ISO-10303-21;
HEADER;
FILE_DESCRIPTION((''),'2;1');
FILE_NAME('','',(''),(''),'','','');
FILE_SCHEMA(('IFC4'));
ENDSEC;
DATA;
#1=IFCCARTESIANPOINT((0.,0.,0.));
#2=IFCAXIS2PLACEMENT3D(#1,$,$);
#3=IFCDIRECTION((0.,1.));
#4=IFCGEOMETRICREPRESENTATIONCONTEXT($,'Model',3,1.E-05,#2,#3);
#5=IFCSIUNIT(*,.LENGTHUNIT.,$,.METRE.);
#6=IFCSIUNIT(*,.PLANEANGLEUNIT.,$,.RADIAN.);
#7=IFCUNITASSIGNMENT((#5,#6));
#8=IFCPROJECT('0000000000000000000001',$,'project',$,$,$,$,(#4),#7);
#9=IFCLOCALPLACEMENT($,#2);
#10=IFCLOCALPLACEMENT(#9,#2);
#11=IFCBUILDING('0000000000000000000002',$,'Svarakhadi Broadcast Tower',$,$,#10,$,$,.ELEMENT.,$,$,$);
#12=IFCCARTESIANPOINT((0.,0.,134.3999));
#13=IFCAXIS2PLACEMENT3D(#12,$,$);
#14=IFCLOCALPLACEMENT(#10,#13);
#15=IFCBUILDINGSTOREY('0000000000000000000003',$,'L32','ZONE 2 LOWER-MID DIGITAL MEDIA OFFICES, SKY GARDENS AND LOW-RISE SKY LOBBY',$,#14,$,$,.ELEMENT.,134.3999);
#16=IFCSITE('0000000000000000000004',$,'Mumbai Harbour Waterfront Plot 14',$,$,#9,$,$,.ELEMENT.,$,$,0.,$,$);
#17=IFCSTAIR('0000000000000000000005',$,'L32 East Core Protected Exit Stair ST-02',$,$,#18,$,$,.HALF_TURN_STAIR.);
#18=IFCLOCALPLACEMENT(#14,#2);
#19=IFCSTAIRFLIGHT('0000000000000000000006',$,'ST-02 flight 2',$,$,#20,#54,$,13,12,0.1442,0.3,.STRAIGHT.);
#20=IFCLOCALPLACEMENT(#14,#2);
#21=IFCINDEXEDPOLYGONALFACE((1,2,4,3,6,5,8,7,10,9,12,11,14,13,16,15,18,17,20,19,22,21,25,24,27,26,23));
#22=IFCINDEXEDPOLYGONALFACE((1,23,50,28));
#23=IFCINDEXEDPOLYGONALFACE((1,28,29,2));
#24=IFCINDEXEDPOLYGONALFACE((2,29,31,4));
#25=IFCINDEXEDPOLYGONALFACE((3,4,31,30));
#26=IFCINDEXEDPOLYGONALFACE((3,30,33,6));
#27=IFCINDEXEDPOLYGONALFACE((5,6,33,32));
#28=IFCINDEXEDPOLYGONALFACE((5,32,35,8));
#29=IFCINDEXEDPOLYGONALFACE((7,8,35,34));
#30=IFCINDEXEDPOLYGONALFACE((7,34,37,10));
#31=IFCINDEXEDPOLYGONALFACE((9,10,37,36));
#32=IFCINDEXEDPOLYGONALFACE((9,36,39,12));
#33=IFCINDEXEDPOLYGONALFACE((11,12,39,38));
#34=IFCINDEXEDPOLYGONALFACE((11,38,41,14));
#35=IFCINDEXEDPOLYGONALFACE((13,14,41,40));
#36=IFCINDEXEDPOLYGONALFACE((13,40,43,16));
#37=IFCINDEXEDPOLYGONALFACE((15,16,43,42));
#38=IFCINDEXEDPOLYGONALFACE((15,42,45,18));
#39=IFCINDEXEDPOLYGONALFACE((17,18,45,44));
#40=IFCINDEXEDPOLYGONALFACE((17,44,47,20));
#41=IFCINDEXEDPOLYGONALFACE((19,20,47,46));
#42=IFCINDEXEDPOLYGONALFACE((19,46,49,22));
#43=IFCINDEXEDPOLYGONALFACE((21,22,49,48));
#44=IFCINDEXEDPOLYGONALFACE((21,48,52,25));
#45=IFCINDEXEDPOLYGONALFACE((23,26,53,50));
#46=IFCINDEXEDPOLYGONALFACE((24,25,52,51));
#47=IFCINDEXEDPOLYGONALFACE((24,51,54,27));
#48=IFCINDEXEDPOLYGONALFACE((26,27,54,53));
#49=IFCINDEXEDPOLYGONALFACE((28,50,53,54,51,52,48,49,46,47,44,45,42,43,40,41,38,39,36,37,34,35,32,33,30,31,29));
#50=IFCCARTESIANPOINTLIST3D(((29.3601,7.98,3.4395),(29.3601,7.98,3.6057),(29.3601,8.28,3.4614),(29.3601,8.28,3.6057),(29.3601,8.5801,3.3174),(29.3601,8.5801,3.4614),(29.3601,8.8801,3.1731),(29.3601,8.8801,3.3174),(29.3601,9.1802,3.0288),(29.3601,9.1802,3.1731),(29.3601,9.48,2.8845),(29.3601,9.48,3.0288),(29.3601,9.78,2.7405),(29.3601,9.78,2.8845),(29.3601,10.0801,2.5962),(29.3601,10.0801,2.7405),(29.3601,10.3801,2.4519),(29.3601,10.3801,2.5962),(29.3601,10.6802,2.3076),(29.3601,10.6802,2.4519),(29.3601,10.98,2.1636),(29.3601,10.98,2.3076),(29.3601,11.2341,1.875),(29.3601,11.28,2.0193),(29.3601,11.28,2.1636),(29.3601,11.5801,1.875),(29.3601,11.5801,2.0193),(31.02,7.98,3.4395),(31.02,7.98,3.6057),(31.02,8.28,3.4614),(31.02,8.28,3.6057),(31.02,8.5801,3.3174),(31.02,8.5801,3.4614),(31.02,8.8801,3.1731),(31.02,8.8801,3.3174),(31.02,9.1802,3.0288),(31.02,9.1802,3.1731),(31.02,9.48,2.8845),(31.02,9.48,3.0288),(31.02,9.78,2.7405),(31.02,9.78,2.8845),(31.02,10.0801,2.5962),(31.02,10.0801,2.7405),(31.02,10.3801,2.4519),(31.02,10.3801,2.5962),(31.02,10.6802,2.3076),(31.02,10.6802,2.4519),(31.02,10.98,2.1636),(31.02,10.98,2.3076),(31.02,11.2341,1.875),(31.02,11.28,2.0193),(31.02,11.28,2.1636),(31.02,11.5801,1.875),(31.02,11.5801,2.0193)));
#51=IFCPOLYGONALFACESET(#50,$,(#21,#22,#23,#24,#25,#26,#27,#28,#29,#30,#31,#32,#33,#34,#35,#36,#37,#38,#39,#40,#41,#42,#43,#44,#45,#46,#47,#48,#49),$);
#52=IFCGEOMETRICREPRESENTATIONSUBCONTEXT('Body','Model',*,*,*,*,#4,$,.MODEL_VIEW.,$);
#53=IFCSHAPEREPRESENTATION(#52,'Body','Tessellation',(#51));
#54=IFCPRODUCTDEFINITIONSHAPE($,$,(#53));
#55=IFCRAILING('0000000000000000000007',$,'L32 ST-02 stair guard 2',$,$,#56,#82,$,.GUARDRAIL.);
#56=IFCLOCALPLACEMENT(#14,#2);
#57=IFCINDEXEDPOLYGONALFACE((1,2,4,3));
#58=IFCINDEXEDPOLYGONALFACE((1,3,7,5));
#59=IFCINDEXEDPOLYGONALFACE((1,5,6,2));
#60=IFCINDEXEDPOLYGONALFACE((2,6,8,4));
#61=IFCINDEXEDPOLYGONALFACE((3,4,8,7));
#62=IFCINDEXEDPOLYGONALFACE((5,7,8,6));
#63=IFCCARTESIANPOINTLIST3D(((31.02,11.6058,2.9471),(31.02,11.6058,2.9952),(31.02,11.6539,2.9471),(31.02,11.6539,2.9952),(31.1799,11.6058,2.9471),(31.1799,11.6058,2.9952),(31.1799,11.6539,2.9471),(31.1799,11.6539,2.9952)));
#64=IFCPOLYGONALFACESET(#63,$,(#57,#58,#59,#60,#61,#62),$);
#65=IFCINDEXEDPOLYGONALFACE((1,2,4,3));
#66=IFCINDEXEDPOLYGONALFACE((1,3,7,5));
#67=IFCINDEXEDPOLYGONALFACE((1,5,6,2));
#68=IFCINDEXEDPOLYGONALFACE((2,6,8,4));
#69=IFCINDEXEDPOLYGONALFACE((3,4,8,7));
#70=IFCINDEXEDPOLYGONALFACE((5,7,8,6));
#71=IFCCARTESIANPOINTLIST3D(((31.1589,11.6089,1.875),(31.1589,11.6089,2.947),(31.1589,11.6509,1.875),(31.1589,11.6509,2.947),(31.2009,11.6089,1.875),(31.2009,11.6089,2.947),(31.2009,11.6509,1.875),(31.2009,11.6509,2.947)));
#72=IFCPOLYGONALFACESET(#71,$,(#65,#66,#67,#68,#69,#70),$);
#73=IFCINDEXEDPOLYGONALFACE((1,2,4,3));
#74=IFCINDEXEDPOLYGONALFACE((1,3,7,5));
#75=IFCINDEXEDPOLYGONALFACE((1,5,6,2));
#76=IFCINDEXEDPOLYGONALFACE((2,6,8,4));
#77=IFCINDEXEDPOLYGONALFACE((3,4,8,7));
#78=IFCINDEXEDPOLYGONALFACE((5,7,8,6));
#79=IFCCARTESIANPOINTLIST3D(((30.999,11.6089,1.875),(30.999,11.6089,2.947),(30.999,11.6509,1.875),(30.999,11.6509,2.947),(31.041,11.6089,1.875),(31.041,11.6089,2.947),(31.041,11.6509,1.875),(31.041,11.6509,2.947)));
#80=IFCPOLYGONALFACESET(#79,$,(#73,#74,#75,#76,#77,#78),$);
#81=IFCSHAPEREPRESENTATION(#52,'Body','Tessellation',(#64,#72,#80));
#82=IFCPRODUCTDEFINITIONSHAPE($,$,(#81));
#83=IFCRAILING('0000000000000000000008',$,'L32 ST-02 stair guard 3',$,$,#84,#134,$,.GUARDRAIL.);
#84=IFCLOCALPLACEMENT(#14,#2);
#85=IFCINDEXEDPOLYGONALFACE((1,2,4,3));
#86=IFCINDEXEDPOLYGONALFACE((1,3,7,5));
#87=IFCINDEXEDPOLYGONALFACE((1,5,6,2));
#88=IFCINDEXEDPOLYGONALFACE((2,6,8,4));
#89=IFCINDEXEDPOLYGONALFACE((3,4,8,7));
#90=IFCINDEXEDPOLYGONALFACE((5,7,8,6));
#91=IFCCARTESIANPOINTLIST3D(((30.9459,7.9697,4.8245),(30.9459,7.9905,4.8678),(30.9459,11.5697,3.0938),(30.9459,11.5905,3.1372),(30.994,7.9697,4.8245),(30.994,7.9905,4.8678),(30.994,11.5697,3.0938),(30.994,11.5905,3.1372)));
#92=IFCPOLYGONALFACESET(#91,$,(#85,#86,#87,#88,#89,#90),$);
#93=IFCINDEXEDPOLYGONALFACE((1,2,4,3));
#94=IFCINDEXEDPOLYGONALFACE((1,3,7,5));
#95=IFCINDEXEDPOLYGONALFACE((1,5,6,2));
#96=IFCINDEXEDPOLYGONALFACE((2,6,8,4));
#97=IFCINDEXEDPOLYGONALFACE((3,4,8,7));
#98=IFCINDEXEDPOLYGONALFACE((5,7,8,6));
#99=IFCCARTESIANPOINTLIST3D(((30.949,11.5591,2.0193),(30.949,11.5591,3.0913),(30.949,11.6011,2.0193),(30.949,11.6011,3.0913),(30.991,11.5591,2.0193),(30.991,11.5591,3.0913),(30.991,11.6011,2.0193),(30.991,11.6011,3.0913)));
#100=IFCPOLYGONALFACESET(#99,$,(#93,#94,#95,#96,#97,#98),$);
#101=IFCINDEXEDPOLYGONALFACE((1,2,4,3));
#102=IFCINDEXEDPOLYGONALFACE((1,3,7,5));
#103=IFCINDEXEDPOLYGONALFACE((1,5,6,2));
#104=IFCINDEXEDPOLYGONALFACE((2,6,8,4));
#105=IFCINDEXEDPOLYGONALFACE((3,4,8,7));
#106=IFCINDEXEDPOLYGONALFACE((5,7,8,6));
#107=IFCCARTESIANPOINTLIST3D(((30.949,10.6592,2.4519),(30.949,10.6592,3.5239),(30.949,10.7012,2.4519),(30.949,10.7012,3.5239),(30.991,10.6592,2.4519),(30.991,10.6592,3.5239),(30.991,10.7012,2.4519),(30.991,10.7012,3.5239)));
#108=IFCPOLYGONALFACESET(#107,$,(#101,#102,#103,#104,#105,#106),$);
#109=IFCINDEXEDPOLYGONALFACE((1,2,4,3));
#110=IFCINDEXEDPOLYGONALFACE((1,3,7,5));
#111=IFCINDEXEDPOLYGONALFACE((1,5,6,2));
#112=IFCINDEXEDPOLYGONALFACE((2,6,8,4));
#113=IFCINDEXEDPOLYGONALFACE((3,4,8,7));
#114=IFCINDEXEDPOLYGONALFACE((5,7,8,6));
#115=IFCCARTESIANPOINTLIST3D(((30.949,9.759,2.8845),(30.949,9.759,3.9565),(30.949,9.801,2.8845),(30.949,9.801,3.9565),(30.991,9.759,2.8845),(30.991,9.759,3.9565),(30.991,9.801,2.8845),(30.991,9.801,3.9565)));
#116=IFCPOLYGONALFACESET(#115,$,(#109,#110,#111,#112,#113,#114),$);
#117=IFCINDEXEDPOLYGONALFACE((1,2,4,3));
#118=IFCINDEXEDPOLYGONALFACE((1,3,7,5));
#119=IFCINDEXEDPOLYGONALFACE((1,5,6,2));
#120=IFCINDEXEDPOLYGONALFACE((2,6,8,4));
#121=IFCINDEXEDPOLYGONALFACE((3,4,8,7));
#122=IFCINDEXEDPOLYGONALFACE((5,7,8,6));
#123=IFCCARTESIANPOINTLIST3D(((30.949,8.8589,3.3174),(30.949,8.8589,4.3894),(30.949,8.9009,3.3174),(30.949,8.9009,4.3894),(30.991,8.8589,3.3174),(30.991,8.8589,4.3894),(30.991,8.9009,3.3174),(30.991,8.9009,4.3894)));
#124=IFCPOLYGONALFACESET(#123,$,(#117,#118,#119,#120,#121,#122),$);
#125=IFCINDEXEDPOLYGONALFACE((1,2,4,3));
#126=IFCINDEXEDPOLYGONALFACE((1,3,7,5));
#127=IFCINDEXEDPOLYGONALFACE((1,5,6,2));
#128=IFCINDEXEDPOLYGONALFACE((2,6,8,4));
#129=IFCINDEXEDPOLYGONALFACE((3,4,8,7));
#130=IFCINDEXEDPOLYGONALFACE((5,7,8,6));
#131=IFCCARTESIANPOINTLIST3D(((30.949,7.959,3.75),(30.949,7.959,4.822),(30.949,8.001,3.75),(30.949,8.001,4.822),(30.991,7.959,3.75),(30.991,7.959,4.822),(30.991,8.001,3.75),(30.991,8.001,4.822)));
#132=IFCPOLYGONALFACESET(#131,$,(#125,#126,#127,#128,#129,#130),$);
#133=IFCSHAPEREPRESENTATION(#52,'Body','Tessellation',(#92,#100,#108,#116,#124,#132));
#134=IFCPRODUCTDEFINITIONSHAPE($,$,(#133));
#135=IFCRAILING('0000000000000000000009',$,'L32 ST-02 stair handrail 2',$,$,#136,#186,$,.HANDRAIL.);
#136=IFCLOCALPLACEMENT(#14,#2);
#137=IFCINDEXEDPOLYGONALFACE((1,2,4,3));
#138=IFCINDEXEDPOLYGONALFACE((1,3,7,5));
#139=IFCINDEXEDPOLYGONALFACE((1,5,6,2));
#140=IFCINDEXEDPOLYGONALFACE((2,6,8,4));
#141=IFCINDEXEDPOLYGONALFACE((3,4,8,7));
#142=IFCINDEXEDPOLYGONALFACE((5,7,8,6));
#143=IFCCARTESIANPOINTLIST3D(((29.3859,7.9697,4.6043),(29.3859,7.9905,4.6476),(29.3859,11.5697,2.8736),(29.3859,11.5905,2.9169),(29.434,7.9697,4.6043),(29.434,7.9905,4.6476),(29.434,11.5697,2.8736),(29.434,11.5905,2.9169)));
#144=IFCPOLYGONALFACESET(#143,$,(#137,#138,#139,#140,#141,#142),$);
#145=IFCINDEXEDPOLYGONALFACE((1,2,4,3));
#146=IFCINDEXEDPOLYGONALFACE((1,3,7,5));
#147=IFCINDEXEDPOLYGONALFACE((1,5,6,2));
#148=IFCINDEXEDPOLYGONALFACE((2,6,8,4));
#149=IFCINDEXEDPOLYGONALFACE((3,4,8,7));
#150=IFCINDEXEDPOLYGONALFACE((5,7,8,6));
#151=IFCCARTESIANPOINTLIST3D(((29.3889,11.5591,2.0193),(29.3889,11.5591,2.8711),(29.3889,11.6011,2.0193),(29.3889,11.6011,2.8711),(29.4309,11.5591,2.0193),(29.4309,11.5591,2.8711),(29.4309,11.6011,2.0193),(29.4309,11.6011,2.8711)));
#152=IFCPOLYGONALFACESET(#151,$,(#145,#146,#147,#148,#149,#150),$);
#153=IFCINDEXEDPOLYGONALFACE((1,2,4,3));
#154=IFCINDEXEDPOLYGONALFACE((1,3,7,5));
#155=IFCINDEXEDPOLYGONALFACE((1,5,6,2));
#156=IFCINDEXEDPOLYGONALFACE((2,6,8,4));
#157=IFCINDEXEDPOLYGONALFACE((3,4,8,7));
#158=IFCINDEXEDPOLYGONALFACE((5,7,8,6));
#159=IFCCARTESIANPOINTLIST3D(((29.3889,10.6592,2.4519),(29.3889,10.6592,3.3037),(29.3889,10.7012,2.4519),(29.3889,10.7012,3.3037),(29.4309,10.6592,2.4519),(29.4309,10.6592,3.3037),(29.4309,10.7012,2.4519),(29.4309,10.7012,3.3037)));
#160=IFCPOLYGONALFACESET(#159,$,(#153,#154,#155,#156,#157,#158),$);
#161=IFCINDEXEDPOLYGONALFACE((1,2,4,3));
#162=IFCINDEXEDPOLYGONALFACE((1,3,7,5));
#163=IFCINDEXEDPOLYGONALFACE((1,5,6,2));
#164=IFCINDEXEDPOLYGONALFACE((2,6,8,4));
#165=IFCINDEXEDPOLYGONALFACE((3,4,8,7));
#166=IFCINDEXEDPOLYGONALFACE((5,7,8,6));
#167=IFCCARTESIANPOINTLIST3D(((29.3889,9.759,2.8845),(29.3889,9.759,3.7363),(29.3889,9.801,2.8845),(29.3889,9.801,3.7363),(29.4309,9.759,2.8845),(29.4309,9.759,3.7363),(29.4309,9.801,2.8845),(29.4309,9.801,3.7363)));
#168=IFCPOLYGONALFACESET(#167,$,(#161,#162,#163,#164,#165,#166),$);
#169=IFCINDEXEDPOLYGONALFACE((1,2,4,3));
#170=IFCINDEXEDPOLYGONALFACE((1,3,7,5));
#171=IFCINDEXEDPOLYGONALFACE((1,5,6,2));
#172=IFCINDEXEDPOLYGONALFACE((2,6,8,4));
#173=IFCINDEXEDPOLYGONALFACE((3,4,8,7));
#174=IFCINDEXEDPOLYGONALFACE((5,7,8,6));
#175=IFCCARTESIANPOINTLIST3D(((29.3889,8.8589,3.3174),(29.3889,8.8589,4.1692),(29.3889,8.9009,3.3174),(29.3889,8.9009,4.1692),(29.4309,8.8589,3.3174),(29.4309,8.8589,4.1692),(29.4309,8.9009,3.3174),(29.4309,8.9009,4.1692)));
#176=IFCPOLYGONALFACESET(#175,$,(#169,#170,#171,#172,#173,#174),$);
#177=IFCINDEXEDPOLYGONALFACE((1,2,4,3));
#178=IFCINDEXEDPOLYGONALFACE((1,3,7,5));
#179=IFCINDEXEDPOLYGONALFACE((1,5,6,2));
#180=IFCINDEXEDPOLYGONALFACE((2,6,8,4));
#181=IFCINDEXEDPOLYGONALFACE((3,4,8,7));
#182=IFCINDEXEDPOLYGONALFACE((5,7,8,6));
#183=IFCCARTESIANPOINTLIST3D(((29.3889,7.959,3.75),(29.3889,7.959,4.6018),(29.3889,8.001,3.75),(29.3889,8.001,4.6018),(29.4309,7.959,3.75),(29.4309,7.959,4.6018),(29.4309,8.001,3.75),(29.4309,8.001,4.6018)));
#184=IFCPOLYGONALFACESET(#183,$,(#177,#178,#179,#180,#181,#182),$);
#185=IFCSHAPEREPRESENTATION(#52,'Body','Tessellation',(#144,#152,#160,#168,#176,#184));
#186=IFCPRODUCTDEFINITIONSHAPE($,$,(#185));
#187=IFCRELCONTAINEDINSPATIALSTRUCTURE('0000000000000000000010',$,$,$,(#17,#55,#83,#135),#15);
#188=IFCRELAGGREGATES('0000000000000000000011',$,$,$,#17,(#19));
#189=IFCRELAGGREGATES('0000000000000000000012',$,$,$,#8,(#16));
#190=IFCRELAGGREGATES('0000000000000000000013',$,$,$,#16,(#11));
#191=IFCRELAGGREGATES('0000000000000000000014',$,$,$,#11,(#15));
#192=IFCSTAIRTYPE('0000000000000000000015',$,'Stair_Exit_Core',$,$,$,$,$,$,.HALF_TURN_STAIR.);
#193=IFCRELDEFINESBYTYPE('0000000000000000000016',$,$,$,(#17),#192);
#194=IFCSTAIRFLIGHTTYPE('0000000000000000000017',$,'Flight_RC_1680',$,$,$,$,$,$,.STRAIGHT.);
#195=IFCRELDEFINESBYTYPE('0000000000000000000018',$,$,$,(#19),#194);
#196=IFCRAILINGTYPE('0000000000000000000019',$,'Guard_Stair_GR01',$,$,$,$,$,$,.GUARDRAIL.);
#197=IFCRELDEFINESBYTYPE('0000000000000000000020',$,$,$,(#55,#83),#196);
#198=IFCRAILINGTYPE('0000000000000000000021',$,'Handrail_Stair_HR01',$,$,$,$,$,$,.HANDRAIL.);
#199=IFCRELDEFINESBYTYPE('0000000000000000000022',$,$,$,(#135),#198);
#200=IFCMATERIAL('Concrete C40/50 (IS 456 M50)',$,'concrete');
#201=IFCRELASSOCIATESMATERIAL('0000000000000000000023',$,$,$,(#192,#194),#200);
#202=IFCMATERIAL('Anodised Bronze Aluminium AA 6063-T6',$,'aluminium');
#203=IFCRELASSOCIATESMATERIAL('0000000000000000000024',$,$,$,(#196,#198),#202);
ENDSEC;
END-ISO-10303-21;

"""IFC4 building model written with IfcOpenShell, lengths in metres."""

from ifc_helpers import new_model, si_unit, direction, frame, origin, origin_2d, place, context, subcontext, project, spatial, polyline, rectangle, outline, extrude, material, type_object, element, aggregate, save


model = new_model("IFC4")

# Units and contexts
model_context = context("Model", 3, precision=1e-05, world=origin(), true_north=direction((0.0, 1.0)))
body_context = subcontext(model_context, "Body", "Model", "MODEL_VIEW")
ifc_project = project(units=[si_unit("LENGTHUNIT", "METRE"), si_unit("PLANEANGLEUNIT", "RADIAN")], contexts=[model_context])

# Site, building, storey
site_placement = place(None, origin())
site = spatial("IfcSite", under=ifc_project, at=site_placement, Name="Mumbai Harbour Waterfront Plot 14", CompositionType="ELEMENT", RefElevation=0.0)
building_placement = place(site_placement, origin())
building = spatial("IfcBuilding", under=site, at=building_placement, Name="Svarakhadi Broadcast Tower", CompositionType="ELEMENT")
storey_placement = place(building_placement, frame((0.0, 0.0, 134.3999)))
storey = spatial("IfcBuildingStorey", under=building, at=storey_placement, Name="L32", Description="ZONE 2 LOWER-MID DIGITAL MEDIA OFFICES, SKY GARDENS AND LOW-RISE SKY LOBBY", CompositionType="ELEMENT", Elevation=134.3999)

# Stair, stair flight
ifc_material_1 = material(Name="Concrete C40/50 (IS 456 M50)", Category="concrete")
stair_type = type_object("IfcStairType", Name="Stair_Exit_Core", PredefinedType="HALF_TURN_STAIR", material=ifc_material_1)
stair_placement = place(storey_placement, origin())
stair = element("IfcStair", 1, at=stair_placement, inside=storey, type_object=stair_type, Name="L32 East Core Protected Exit Stair ST-02", PredefinedType="HALF_TURN_STAIR")
stair_flight_type = type_object("IfcStairFlightType", Name="Flight_RC_1680", PredefinedType="STRAIGHT", material=ifc_material_1)
stair_flight_placement = place(storey_placement, frame((30.1899, 11.5801, 1.875), z_axis=(0.0, 0.0, 1.0), x_axis=(0.0, -1.0, 0.0)))
stair_flight = element("IfcStairFlight", 2, at=stair_flight_placement, type_object=stair_flight_type, Name="ST-02 flight 2", NumberOfRisers=13, NumberOfTreads=12, PredefinedType="STRAIGHT", RiserHeight=0.1442, TreadLength=0.3, context=body_context, shape_type="SweptSolid", body=[
    extrude(outline(polyline([(0.0, 0.0), (0.0, 0.1443), (0.3, 0.1443), (0.3, 0.2886), (0.6001, 0.2886), (0.6001, 0.4326), (0.8999, 0.4326), (0.8999, 0.5769), (1.2, 0.5769), (1.2, 0.7212), (1.5, 0.7212), (1.5, 0.8655), (1.8, 0.8655), (1.8, 1.0095), (2.1001, 1.0095), (2.1001, 1.1538), (2.3999, 1.1538), (2.3999, 1.2981), (2.7, 1.2981), (2.7, 1.4424), (3.0, 1.4424), (3.0, 1.5864), (3.3, 1.5864), (3.3, 1.7307), (3.6001, 1.7307), (3.6001, 1.875), (3.6001, 1.5645), (0.3459, 0.0), (0.0, 0.0)])), frame((0.0, 0.8301, 0.0), z_axis=(0.0, -1.0, 0.0), x_axis=(1.0, 0.0, 0.0)), (0.0, 0.0, 1.0), 1.6599),
])
aggregate(stair, [stair_flight])

# Railings
ifc_material_2 = material(Name="Anodised Bronze Aluminium AA 6063-T6", Category="aluminium")
railing_type_1 = type_object("IfcRailingType", Name="Guard_Stair_GR01", PredefinedType="GUARDRAIL", material=ifc_material_2)
railing_1_placement = place(storey_placement, frame((31.1799, 11.6299, 1.875)))
element("IfcRailing", 3, at=railing_1_placement, inside=storey, type_object=railing_type_1, Name="L32 ST-02 stair guard 2", PredefinedType="GUARDRAIL", context=body_context, shape_type="SweptSolid", body=[
    extrude(rectangle(XDim=0.0481, YDim=0.0481, at=origin_2d()), frame((0.0, 0.0, 1.0962), z_axis=(-1.0, 0.0, 0.0), x_axis=(0.0, -1.0, 0.0)), (0.0, 0.0, 1.0), 0.1599),
    extrude(rectangle(XDim=0.042, YDim=0.042, at=origin_2d()), origin(), (0.0, 0.0, 1.0), 1.072),
    extrude(rectangle(XDim=0.042, YDim=0.042, at=origin_2d()), frame((-0.1599, 0.0, 0.0)), (0.0, 0.0, 1.0), 1.072),
])
railing_2_placement = place(storey_placement, frame((30.97, 11.5801, 2.0193)))
element("IfcRailing", 4, at=railing_2_placement, inside=storey, type_object=railing_type_1, Name="L32 ST-02 stair guard 3", PredefinedType="GUARDRAIL", context=body_context, shape_type="SweptSolid", body=[
    extrude(rectangle(XDim=0.0481, YDim=0.0481, at=origin_2d()), frame((0.0, 0.0, 1.0962), z_axis=(0.0, -0.901263, 0.433273), x_axis=(1.0, 0.0, 0.0)), (0.0, 0.0, 1.0), 3.9944),
    extrude(rectangle(XDim=0.042, YDim=0.042, at=origin_2d()), origin(), (0.0, 0.0, 1.0), 1.072),
    extrude(rectangle(XDim=0.042, YDim=0.042, at=origin_2d()), frame((0.0, -0.8999, 0.4326)), (0.0, 0.0, 1.0), 1.072),
    extrude(rectangle(XDim=0.042, YDim=0.042, at=origin_2d()), frame((0.0, -1.8, 0.8652)), (0.0, 0.0, 1.0), 1.072),
    extrude(rectangle(XDim=0.042, YDim=0.042, at=origin_2d()), frame((0.0, -2.7002, 1.2981)), (0.0, 0.0, 1.0), 1.072),
    extrude(rectangle(XDim=0.042, YDim=0.042, at=origin_2d()), frame((0.0, -3.6001, 1.7307)), (0.0, 0.0, 1.0), 1.072),
])
railing_type_2 = type_object("IfcRailingType", Name="Handrail_Stair_HR01", PredefinedType="HANDRAIL", material=ifc_material_2)
railing_3_placement = place(storey_placement, frame((29.4099, 11.5801, 2.0193)))
element("IfcRailing", 5, at=railing_3_placement, inside=storey, type_object=railing_type_2, Name="L32 ST-02 stair handrail 2", PredefinedType="HANDRAIL", context=body_context, shape_type="SweptSolid", body=[
    extrude(rectangle(XDim=0.0481, YDim=0.0481, at=origin_2d()), frame((0.0, 0.0, 0.876), z_axis=(0.0, -0.901263, 0.433273), x_axis=(1.0, 0.0, 0.0)), (0.0, 0.0, 1.0), 3.9944),
    extrude(rectangle(XDim=0.042, YDim=0.042, at=origin_2d()), origin(), (0.0, 0.0, 1.0), 0.8518),
    extrude(rectangle(XDim=0.042, YDim=0.042, at=origin_2d()), frame((0.0, -0.8999, 0.4326)), (0.0, 0.0, 1.0), 0.8518),
    extrude(rectangle(XDim=0.042, YDim=0.042, at=origin_2d()), frame((0.0, -1.8, 0.8652)), (0.0, 0.0, 1.0), 0.8518),
    extrude(rectangle(XDim=0.042, YDim=0.042, at=origin_2d()), frame((0.0, -2.7002, 1.2981)), (0.0, 0.0, 1.0), 0.8518),
    extrude(rectangle(XDim=0.042, YDim=0.042, at=origin_2d()), frame((0.0, -3.6001, 1.7307)), (0.0, 0.0, 1.0), 0.8518),
])

save(model, "model.ifc")
